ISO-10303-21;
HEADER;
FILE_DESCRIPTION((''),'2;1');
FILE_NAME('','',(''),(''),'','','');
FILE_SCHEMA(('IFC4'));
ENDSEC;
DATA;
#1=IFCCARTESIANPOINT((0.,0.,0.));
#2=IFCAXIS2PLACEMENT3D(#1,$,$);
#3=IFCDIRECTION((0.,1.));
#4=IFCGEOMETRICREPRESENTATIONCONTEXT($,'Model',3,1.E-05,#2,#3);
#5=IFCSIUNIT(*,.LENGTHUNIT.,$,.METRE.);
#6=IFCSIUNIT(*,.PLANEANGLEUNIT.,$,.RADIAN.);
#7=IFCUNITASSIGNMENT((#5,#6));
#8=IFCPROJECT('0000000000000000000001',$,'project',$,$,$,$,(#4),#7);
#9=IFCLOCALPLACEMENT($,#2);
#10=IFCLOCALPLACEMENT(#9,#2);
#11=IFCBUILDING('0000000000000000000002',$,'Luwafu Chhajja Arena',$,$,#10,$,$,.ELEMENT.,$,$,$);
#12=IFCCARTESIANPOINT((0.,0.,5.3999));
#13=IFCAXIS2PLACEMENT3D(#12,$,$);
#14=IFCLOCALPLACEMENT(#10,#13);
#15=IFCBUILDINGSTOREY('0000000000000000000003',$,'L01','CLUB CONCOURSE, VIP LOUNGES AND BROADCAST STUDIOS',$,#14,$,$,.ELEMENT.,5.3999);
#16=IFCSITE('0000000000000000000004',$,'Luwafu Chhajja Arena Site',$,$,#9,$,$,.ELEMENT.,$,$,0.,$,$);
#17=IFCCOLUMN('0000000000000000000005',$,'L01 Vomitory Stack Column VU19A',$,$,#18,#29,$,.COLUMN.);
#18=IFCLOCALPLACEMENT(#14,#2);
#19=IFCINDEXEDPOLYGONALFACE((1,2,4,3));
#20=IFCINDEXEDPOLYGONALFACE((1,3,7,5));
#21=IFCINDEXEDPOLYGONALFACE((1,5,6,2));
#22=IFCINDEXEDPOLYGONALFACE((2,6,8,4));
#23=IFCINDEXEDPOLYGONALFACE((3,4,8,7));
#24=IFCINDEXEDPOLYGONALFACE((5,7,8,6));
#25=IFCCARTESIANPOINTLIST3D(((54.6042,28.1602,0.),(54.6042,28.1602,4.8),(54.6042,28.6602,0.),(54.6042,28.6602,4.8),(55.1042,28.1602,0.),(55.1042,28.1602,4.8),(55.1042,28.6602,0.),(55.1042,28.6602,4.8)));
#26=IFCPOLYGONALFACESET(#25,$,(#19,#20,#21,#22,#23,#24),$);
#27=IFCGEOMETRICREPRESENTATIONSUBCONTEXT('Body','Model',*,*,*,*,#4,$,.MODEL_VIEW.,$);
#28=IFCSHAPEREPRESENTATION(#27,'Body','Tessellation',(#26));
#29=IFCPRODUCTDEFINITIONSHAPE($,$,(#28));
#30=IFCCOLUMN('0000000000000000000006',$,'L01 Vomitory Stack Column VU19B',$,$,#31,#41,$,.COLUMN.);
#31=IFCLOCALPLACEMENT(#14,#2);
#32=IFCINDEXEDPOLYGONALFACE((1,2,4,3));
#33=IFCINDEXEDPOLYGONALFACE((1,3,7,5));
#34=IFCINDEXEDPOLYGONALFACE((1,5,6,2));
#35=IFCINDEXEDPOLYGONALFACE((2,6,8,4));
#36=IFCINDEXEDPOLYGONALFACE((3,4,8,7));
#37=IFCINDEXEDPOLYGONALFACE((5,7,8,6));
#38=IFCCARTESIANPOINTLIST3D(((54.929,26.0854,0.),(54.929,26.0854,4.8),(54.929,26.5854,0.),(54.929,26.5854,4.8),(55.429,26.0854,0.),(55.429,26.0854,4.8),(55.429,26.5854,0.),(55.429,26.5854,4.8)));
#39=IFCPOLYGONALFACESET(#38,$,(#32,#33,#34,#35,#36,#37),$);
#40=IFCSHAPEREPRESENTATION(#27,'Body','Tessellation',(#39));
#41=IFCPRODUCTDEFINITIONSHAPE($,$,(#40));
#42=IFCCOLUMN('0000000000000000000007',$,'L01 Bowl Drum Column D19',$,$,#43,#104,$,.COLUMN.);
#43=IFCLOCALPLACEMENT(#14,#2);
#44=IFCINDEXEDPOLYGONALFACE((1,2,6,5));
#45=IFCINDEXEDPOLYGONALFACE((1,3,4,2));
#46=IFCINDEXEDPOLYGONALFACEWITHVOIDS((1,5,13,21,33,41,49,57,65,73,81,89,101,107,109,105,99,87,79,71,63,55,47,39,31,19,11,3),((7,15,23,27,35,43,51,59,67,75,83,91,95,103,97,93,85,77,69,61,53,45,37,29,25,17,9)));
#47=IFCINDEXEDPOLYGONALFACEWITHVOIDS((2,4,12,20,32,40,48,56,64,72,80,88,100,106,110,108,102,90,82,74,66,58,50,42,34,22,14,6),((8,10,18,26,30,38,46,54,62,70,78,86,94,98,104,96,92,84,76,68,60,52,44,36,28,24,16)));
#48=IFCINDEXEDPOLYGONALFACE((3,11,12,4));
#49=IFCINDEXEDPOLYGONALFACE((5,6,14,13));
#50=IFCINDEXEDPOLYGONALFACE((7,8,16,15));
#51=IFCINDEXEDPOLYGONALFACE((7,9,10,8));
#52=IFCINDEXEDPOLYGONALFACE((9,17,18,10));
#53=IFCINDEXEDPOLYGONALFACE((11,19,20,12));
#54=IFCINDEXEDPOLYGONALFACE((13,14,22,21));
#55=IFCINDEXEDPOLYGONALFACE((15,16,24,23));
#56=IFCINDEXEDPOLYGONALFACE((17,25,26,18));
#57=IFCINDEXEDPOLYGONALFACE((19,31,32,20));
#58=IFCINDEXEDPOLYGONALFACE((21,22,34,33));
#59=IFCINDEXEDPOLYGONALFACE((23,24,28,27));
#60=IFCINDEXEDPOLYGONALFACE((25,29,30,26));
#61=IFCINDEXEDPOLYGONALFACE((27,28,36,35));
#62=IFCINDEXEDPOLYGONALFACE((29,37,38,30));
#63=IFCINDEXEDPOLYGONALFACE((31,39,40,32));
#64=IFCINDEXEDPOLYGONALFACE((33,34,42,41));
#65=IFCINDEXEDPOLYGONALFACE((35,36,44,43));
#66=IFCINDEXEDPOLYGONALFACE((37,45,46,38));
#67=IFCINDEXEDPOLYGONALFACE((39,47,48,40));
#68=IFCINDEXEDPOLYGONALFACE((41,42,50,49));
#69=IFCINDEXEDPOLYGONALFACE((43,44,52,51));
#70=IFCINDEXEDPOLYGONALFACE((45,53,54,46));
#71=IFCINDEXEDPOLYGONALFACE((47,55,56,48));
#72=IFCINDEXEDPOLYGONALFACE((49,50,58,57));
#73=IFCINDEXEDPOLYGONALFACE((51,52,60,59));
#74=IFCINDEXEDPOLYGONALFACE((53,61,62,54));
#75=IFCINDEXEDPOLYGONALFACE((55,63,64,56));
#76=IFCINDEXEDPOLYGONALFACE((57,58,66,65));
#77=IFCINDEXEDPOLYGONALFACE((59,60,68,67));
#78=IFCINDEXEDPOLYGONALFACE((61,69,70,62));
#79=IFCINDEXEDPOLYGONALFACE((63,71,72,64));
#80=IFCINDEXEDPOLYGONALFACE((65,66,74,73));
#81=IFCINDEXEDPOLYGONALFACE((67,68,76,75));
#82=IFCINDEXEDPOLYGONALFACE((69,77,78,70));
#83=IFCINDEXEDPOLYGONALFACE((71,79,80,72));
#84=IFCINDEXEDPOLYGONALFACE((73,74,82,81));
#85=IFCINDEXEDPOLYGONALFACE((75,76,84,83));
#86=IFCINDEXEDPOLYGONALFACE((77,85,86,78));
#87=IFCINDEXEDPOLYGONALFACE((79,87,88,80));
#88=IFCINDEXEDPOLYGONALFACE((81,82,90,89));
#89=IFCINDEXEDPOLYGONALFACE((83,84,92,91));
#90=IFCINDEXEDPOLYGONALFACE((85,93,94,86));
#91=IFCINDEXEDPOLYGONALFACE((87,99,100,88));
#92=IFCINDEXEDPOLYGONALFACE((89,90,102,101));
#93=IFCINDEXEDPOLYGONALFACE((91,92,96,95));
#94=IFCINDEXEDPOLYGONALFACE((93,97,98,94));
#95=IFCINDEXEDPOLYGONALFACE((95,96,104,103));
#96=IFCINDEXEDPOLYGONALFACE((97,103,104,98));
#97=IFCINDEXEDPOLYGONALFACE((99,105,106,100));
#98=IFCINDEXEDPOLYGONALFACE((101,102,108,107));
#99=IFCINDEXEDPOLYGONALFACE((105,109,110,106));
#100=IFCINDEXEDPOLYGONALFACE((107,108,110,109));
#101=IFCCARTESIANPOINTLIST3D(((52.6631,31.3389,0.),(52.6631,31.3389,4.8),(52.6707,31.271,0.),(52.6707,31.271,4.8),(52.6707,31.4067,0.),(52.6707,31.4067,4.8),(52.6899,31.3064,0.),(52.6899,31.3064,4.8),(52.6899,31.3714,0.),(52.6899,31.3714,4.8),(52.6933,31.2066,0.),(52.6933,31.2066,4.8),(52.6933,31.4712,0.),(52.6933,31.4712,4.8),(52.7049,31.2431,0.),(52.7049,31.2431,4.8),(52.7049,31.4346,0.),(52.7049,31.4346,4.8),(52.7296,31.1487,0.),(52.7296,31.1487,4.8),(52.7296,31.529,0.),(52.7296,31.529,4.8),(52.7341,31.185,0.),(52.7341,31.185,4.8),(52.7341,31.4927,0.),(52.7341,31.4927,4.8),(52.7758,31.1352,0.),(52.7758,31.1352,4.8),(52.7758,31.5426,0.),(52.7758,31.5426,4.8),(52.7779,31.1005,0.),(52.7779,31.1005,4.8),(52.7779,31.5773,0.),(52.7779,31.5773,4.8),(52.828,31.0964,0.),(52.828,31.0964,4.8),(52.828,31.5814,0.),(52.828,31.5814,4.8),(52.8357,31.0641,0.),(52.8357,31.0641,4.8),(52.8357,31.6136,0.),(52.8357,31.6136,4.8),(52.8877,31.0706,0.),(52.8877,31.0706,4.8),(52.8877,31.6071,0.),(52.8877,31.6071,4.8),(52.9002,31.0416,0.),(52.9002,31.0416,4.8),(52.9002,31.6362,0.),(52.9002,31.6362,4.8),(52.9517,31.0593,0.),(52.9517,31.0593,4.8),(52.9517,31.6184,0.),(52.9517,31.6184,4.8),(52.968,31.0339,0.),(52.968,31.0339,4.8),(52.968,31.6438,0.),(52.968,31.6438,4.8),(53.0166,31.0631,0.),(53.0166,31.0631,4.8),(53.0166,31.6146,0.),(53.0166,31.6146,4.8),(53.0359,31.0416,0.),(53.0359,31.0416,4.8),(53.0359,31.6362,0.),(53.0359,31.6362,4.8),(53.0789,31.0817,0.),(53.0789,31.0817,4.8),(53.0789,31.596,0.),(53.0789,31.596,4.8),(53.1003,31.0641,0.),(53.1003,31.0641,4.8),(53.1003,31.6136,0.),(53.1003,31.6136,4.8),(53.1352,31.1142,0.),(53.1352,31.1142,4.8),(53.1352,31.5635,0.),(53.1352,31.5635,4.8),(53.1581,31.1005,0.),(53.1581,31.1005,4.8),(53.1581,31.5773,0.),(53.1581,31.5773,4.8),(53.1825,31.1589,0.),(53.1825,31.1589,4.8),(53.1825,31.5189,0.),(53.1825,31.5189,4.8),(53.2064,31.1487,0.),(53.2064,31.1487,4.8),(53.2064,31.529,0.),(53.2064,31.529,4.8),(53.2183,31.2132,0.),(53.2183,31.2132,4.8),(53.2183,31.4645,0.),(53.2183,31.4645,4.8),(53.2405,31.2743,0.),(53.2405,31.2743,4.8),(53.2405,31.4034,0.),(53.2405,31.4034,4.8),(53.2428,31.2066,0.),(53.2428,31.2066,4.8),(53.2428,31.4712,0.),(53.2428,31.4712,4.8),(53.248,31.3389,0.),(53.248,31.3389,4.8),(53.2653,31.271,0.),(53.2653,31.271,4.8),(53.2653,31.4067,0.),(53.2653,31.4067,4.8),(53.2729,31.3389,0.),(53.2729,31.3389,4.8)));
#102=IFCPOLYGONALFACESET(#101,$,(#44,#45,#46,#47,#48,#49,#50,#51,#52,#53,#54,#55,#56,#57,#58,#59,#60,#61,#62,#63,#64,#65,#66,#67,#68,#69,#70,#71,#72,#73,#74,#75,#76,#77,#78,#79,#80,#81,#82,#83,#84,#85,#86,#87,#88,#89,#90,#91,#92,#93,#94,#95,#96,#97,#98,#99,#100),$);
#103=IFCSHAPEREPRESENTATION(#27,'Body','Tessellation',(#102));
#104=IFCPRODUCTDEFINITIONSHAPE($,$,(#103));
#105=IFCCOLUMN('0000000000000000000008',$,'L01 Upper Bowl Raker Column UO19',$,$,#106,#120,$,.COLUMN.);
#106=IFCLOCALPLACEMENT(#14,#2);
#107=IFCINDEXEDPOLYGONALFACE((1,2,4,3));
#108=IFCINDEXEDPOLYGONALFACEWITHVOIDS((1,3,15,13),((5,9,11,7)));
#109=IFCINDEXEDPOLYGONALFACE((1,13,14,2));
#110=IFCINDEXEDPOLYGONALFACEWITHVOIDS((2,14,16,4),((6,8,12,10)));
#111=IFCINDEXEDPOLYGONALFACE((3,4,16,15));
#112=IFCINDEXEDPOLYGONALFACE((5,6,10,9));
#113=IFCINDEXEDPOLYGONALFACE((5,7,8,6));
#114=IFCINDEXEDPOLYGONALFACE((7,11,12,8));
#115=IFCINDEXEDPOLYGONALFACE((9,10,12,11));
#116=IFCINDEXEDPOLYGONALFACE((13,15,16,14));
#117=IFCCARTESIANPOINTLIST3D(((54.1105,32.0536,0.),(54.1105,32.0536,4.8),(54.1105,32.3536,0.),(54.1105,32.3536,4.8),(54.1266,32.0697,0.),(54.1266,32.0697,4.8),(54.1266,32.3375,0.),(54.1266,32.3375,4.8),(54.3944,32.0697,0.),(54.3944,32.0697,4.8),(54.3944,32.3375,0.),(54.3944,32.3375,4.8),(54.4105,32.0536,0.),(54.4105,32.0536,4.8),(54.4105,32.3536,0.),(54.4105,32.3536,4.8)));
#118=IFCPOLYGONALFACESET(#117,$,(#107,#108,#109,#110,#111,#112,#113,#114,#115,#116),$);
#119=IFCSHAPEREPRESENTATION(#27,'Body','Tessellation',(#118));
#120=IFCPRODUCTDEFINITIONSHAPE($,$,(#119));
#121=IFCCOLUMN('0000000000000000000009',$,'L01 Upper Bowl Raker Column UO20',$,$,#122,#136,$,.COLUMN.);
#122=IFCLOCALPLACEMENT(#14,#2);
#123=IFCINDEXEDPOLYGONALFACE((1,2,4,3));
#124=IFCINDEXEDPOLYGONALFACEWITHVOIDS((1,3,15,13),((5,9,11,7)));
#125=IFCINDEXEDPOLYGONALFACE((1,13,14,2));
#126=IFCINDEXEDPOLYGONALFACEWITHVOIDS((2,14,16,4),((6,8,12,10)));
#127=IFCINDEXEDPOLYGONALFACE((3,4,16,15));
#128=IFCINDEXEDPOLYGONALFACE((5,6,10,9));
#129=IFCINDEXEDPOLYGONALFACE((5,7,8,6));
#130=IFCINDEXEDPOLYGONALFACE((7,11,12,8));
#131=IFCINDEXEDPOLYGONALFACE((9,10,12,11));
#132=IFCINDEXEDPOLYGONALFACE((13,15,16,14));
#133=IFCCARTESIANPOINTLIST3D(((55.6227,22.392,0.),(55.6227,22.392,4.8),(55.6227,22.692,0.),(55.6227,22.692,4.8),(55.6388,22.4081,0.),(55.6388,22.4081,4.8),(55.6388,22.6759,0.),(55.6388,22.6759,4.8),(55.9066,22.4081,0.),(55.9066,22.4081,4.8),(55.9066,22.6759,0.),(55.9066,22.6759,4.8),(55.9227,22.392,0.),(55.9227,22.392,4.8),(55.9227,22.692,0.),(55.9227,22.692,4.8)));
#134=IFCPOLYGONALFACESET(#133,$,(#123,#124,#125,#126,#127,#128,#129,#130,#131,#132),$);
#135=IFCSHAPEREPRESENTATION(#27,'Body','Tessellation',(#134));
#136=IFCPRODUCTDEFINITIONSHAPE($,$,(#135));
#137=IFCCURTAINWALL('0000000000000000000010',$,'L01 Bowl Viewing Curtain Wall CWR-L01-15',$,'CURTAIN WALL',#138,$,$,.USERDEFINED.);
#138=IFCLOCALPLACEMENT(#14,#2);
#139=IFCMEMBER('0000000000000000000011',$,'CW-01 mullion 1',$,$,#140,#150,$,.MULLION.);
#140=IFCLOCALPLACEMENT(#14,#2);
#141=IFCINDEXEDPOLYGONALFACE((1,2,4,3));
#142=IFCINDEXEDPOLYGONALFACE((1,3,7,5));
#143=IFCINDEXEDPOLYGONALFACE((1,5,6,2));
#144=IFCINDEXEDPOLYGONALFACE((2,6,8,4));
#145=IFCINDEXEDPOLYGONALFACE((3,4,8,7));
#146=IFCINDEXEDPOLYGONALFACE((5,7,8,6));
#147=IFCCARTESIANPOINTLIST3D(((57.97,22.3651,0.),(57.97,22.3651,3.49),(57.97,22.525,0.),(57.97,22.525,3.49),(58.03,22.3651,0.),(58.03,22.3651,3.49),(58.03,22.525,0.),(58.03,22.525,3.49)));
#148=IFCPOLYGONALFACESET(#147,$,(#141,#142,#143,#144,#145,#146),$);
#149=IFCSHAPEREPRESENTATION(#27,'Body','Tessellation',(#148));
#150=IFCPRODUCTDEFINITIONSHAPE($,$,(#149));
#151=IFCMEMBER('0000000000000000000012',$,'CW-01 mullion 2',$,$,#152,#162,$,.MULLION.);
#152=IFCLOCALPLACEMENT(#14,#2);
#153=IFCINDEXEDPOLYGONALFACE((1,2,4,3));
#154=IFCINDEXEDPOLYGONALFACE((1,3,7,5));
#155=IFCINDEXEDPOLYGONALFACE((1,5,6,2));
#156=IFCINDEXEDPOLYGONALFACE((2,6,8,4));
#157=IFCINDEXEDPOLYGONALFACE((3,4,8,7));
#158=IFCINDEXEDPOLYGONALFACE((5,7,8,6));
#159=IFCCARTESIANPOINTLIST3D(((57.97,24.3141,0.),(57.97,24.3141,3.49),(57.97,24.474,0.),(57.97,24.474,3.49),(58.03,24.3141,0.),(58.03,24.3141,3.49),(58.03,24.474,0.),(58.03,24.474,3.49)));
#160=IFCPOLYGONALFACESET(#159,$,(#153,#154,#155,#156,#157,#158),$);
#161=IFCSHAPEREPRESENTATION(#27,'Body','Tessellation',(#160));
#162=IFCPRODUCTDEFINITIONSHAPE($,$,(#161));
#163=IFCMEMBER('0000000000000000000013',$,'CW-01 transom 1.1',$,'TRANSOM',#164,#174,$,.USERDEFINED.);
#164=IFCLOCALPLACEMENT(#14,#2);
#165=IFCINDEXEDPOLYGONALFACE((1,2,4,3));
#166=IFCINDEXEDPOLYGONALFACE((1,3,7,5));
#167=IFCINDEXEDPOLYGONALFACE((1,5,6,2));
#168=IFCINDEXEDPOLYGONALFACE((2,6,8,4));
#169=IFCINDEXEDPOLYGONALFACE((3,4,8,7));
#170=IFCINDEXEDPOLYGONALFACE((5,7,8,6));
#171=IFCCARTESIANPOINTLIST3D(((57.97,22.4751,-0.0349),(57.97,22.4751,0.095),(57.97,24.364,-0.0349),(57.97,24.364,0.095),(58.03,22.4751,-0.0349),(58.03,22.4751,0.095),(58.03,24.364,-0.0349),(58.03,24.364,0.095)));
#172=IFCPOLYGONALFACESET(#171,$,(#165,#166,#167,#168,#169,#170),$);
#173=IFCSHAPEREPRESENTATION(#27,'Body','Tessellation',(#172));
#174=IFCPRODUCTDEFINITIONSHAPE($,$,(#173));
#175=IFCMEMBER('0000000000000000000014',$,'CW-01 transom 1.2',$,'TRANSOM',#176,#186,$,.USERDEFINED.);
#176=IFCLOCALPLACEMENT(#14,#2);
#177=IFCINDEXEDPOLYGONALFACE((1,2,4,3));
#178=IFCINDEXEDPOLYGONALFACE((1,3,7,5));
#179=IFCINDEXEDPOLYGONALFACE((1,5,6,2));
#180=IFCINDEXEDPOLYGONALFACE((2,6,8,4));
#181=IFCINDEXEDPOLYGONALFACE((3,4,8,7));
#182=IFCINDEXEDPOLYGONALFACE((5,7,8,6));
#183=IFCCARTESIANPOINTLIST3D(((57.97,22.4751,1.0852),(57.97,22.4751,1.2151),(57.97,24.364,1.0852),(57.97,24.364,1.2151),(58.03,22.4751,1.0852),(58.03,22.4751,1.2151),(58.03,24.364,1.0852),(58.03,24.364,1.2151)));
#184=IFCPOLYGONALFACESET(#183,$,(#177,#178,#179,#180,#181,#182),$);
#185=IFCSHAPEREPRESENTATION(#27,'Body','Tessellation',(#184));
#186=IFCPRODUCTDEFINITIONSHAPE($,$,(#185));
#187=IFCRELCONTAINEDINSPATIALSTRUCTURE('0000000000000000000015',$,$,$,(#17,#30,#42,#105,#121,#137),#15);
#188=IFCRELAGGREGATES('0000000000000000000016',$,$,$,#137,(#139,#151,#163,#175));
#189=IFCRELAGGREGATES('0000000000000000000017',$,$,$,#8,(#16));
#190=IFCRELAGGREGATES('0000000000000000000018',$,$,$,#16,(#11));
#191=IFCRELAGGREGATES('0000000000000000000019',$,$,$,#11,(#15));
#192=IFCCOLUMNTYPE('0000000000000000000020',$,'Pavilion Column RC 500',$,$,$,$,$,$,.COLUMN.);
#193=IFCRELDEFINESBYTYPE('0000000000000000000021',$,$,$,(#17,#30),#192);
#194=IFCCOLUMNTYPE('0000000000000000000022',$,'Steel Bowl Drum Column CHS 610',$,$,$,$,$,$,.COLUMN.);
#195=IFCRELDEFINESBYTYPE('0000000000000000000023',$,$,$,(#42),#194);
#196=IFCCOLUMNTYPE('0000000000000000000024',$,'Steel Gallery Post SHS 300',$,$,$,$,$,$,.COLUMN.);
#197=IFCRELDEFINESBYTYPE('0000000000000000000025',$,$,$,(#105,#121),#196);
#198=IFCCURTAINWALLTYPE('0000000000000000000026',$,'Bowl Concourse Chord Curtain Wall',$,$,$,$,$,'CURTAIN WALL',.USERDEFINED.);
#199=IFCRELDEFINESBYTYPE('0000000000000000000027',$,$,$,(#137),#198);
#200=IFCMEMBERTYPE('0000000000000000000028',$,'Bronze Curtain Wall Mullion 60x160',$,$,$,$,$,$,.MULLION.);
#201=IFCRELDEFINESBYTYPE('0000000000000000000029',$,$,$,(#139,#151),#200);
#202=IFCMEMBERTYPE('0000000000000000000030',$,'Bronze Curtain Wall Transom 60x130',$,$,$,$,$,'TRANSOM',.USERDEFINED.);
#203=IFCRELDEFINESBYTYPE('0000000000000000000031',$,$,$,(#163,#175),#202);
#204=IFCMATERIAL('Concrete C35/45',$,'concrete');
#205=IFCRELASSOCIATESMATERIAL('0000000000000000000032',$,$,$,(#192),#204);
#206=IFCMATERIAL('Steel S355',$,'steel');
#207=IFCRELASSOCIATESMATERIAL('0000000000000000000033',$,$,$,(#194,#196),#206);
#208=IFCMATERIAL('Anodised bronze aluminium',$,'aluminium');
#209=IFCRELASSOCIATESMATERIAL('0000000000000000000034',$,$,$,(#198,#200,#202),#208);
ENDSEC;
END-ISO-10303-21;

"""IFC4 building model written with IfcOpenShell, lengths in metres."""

from ifc_helpers import new_model, si_unit, direction, frame, origin, origin_2d, place, context, subcontext, project, spatial, rectangle, hollow_rectangle, hollow_circle, extrude, material, material_profile, profile_set, type_object, element, aggregate, save


model = new_model("IFC4")

# Units and contexts
model_context = context("Model", 3, precision=1e-05, world=origin(), true_north=direction((0.0, 1.0)))
body_context = subcontext(model_context, "Body", "Model", "MODEL_VIEW")
ifc_project = project(units=[si_unit("LENGTHUNIT", "METRE"), si_unit("PLANEANGLEUNIT", "RADIAN")], contexts=[model_context])

# Site, building, storey
site_placement = place(None, origin())
site = spatial("IfcSite", under=ifc_project, at=site_placement, Name="Luwafu Chhajja Arena Site", CompositionType="ELEMENT", RefElevation=0.0)
building_placement = place(site_placement, origin())
building = spatial("IfcBuilding", under=site, at=building_placement, Name="Luwafu Chhajja Arena", CompositionType="ELEMENT")
storey_placement = place(building_placement, frame((0.0, 0.0, 5.3999)))
storey = spatial("IfcBuildingStorey", under=building, at=storey_placement, Name="L01", Description="CLUB CONCOURSE, VIP LOUNGES AND BROADCAST STUDIOS", CompositionType="ELEMENT", Elevation=5.3999)

# Columns
ifc_material_1 = material(Name="Concrete C35/45", Category="concrete")
ifc_material_profile_1 = material_profile(ifc_material_1, rectangle(XDim=0.5, YDim=0.5, at=origin_2d()), Name="RC 500x500")
ifc_profile_set_1 = profile_set([ifc_material_profile_1], Name="Concrete C35/45")
column_type_1 = type_object("IfcColumnType", Name="Pavilion Column RC 500", PredefinedType="COLUMN", material=ifc_profile_set_1)
for number, where, z_axis, x_axis, name in (
    (1, (54.8542, 28.4102, 0.0), (0.0, 0.0, 1.0), (1.0, 0.0, 0.0), "L01 Vomitory Stack Column VU19A"),
    (2, (55.179, 26.3354, 0.0), (0.0, 0.0, 1.0), (1.0, 0.0, 0.0), "L01 Vomitory Stack Column VU19B"),
):
    element("IfcColumn", number, at=place(storey_placement, frame(where, z_axis=z_axis, x_axis=x_axis)), inside=storey, type_object=column_type_1, Name=name, PredefinedType="COLUMN", context=body_context, shape_type="SweptSolid", body=[
        extrude(rectangle(XDim=0.5, YDim=0.5, at=origin_2d()), origin(), (0.0, 0.0, 1.0), 4.8),
    ])
ifc_material_2 = material(Name="Steel S355", Category="steel")
ifc_material_profile_2 = material_profile(ifc_material_2, hollow_circle(Radius=0.3049, WallThickness=0.0249, at=origin_2d()), Name="CHS 610x25")
ifc_profile_set_2 = profile_set([ifc_material_profile_2], Name="Steel S355")
column_type_2 = type_object("IfcColumnType", Name="Steel Bowl Drum Column CHS 610", PredefinedType="COLUMN", material=ifc_profile_set_2)
column_placement = place(storey_placement, frame((52.968, 31.3389, 0.0), z_axis=(0.0, 0.0, 1.0), x_axis=(1.0, 0.0, 0.0)))
element("IfcColumn", 3, at=column_placement, inside=storey, type_object=column_type_2, Name="L01 Bowl Drum Column D19", PredefinedType="COLUMN", context=body_context, shape_type="SweptSolid", body=[
    extrude(hollow_circle(Radius=0.3049, WallThickness=0.0249, at=origin_2d()), origin(), (0.0, 0.0, 1.0), 4.8),
])
ifc_material_profile_3 = material_profile(ifc_material_2, hollow_rectangle(XDim=0.3, YDim=0.3, WallThickness=0.0161, at=origin_2d()), Name="SHS 300x300x16")
ifc_profile_set_3 = profile_set([ifc_material_profile_3], Name="Steel S355")
column_type_3 = type_object("IfcColumnType", Name="Steel Gallery Post SHS 300", PredefinedType="COLUMN", material=ifc_profile_set_3)
for number, where, z_axis, x_axis, name in (
    (4, (54.2605, 32.2036, 0.0), (0.0, 0.0, 1.0), (1.0, 0.0, 0.0), "L01 Upper Bowl Raker Column UO19"),
    (5, (55.7727, 22.542, 0.0), (0.0, 0.0, 1.0), (1.0, 0.0, 0.0), "L01 Upper Bowl Raker Column UO20"),
):
    element("IfcColumn", number, at=place(storey_placement, frame(where, z_axis=z_axis, x_axis=x_axis)), inside=storey, type_object=column_type_3, Name=name, PredefinedType="COLUMN", context=body_context, shape_type="SweptSolid", body=[
        extrude(hollow_rectangle(XDim=0.3, YDim=0.3, WallThickness=0.0161, at=origin_2d()), origin(), (0.0, 0.0, 1.0), 4.8),
    ])

# Curtain wall, members
ifc_material_3 = material(Name="Anodised bronze aluminium", Category="aluminium")
curtain_wall_type = type_object("IfcCurtainWallType", Name="Bowl Concourse Chord Curtain Wall", ElementType="CURTAIN WALL", PredefinedType="USERDEFINED", material=ifc_material_3)
curtain_wall_placement = place(storey_placement, origin())
curtain_wall = element("IfcCurtainWall", 6, at=curtain_wall_placement, inside=storey, type_object=curtain_wall_type, Name="L01 Bowl Viewing Curtain Wall CWR-L01-15", ObjectType="CURTAIN WALL", PredefinedType="USERDEFINED")
ifc_material_profile_4 = material_profile(ifc_material_3, rectangle(XDim=0.0601, YDim=0.1599, at=origin_2d()), Name="CWM 60x160")
ifc_profile_set_4 = profile_set([ifc_material_profile_4], Name="Anodised bronze aluminium")
member_type_1 = type_object("IfcMemberType", Name="Bronze Curtain Wall Mullion 60x160", PredefinedType="MULLION", material=ifc_profile_set_4)
member_1_placement = place(storey_placement, frame((58.0, 22.4451, 0.0), z_axis=(0.0, 0.0, 1.0), x_axis=(-1.0, 0.0, 0.0)))
member_1 = element("IfcMember", 7, at=member_1_placement, type_object=member_type_1, Name="CW-01 mullion 1", PredefinedType="MULLION", context=body_context, shape_type="SweptSolid", body=[
    extrude(rectangle(XDim=0.0601, YDim=0.1599, at=origin_2d()), origin(), (0.0, 0.0, 1.0), 3.49),
])
member_2_placement = place(storey_placement, frame((58.0, 24.394, 0.0), z_axis=(0.0, 0.0, 1.0), x_axis=(-1.0, 0.0, 0.0)))
member_2 = element("IfcMember", 8, at=member_2_placement, type_object=member_type_1, Name="CW-01 mullion 2", PredefinedType="MULLION", context=body_context, shape_type="SweptSolid", body=[
    extrude(rectangle(XDim=0.0601, YDim=0.1599, at=origin_2d()), origin(), (0.0, 0.0, 1.0), 3.49),
])
ifc_material_profile_5 = material_profile(ifc_material_3, rectangle(XDim=0.0601, YDim=0.1299, at=origin_2d()), Name="CWT 60x130")
ifc_profile_set_5 = profile_set([ifc_material_profile_5], Name="Anodised bronze aluminium")
member_type_2 = type_object("IfcMemberType", Name="Bronze Curtain Wall Transom 60x130", ElementType="TRANSOM", PredefinedType="USERDEFINED", material=ifc_profile_set_5)
member_3_placement = place(storey_placement, frame((58.0, 22.4751, 0.03), z_axis=(0.0, 1.0, 0.0), x_axis=(-1.0, 0.0, 0.0)))
member_3 = element("IfcMember", 9, at=member_3_placement, type_object=member_type_2, Name="CW-01 transom 1.1", ObjectType="TRANSOM", PredefinedType="USERDEFINED", context=body_context, shape_type="SweptSolid", body=[
    extrude(rectangle(XDim=0.0601, YDim=0.1299, at=origin_2d()), origin(), (0.0, 0.0, 1.0), 1.8889),
])
member_4_placement = place(storey_placement, frame((58.0, 22.4751, 1.1501), z_axis=(0.0, 1.0, 0.0), x_axis=(-1.0, 0.0, 0.0)))
member_4 = element("IfcMember", 10, at=member_4_placement, type_object=member_type_2, Name="CW-01 transom 1.2", ObjectType="TRANSOM", PredefinedType="USERDEFINED", context=body_context, shape_type="SweptSolid", body=[
    extrude(rectangle(XDim=0.0601, YDim=0.1299, at=origin_2d()), origin(), (0.0, 0.0, 1.0), 1.8889),
])

aggregate(curtain_wall, [member_1, member_2, member_3, member_4])

save(model, "model.ifc")
